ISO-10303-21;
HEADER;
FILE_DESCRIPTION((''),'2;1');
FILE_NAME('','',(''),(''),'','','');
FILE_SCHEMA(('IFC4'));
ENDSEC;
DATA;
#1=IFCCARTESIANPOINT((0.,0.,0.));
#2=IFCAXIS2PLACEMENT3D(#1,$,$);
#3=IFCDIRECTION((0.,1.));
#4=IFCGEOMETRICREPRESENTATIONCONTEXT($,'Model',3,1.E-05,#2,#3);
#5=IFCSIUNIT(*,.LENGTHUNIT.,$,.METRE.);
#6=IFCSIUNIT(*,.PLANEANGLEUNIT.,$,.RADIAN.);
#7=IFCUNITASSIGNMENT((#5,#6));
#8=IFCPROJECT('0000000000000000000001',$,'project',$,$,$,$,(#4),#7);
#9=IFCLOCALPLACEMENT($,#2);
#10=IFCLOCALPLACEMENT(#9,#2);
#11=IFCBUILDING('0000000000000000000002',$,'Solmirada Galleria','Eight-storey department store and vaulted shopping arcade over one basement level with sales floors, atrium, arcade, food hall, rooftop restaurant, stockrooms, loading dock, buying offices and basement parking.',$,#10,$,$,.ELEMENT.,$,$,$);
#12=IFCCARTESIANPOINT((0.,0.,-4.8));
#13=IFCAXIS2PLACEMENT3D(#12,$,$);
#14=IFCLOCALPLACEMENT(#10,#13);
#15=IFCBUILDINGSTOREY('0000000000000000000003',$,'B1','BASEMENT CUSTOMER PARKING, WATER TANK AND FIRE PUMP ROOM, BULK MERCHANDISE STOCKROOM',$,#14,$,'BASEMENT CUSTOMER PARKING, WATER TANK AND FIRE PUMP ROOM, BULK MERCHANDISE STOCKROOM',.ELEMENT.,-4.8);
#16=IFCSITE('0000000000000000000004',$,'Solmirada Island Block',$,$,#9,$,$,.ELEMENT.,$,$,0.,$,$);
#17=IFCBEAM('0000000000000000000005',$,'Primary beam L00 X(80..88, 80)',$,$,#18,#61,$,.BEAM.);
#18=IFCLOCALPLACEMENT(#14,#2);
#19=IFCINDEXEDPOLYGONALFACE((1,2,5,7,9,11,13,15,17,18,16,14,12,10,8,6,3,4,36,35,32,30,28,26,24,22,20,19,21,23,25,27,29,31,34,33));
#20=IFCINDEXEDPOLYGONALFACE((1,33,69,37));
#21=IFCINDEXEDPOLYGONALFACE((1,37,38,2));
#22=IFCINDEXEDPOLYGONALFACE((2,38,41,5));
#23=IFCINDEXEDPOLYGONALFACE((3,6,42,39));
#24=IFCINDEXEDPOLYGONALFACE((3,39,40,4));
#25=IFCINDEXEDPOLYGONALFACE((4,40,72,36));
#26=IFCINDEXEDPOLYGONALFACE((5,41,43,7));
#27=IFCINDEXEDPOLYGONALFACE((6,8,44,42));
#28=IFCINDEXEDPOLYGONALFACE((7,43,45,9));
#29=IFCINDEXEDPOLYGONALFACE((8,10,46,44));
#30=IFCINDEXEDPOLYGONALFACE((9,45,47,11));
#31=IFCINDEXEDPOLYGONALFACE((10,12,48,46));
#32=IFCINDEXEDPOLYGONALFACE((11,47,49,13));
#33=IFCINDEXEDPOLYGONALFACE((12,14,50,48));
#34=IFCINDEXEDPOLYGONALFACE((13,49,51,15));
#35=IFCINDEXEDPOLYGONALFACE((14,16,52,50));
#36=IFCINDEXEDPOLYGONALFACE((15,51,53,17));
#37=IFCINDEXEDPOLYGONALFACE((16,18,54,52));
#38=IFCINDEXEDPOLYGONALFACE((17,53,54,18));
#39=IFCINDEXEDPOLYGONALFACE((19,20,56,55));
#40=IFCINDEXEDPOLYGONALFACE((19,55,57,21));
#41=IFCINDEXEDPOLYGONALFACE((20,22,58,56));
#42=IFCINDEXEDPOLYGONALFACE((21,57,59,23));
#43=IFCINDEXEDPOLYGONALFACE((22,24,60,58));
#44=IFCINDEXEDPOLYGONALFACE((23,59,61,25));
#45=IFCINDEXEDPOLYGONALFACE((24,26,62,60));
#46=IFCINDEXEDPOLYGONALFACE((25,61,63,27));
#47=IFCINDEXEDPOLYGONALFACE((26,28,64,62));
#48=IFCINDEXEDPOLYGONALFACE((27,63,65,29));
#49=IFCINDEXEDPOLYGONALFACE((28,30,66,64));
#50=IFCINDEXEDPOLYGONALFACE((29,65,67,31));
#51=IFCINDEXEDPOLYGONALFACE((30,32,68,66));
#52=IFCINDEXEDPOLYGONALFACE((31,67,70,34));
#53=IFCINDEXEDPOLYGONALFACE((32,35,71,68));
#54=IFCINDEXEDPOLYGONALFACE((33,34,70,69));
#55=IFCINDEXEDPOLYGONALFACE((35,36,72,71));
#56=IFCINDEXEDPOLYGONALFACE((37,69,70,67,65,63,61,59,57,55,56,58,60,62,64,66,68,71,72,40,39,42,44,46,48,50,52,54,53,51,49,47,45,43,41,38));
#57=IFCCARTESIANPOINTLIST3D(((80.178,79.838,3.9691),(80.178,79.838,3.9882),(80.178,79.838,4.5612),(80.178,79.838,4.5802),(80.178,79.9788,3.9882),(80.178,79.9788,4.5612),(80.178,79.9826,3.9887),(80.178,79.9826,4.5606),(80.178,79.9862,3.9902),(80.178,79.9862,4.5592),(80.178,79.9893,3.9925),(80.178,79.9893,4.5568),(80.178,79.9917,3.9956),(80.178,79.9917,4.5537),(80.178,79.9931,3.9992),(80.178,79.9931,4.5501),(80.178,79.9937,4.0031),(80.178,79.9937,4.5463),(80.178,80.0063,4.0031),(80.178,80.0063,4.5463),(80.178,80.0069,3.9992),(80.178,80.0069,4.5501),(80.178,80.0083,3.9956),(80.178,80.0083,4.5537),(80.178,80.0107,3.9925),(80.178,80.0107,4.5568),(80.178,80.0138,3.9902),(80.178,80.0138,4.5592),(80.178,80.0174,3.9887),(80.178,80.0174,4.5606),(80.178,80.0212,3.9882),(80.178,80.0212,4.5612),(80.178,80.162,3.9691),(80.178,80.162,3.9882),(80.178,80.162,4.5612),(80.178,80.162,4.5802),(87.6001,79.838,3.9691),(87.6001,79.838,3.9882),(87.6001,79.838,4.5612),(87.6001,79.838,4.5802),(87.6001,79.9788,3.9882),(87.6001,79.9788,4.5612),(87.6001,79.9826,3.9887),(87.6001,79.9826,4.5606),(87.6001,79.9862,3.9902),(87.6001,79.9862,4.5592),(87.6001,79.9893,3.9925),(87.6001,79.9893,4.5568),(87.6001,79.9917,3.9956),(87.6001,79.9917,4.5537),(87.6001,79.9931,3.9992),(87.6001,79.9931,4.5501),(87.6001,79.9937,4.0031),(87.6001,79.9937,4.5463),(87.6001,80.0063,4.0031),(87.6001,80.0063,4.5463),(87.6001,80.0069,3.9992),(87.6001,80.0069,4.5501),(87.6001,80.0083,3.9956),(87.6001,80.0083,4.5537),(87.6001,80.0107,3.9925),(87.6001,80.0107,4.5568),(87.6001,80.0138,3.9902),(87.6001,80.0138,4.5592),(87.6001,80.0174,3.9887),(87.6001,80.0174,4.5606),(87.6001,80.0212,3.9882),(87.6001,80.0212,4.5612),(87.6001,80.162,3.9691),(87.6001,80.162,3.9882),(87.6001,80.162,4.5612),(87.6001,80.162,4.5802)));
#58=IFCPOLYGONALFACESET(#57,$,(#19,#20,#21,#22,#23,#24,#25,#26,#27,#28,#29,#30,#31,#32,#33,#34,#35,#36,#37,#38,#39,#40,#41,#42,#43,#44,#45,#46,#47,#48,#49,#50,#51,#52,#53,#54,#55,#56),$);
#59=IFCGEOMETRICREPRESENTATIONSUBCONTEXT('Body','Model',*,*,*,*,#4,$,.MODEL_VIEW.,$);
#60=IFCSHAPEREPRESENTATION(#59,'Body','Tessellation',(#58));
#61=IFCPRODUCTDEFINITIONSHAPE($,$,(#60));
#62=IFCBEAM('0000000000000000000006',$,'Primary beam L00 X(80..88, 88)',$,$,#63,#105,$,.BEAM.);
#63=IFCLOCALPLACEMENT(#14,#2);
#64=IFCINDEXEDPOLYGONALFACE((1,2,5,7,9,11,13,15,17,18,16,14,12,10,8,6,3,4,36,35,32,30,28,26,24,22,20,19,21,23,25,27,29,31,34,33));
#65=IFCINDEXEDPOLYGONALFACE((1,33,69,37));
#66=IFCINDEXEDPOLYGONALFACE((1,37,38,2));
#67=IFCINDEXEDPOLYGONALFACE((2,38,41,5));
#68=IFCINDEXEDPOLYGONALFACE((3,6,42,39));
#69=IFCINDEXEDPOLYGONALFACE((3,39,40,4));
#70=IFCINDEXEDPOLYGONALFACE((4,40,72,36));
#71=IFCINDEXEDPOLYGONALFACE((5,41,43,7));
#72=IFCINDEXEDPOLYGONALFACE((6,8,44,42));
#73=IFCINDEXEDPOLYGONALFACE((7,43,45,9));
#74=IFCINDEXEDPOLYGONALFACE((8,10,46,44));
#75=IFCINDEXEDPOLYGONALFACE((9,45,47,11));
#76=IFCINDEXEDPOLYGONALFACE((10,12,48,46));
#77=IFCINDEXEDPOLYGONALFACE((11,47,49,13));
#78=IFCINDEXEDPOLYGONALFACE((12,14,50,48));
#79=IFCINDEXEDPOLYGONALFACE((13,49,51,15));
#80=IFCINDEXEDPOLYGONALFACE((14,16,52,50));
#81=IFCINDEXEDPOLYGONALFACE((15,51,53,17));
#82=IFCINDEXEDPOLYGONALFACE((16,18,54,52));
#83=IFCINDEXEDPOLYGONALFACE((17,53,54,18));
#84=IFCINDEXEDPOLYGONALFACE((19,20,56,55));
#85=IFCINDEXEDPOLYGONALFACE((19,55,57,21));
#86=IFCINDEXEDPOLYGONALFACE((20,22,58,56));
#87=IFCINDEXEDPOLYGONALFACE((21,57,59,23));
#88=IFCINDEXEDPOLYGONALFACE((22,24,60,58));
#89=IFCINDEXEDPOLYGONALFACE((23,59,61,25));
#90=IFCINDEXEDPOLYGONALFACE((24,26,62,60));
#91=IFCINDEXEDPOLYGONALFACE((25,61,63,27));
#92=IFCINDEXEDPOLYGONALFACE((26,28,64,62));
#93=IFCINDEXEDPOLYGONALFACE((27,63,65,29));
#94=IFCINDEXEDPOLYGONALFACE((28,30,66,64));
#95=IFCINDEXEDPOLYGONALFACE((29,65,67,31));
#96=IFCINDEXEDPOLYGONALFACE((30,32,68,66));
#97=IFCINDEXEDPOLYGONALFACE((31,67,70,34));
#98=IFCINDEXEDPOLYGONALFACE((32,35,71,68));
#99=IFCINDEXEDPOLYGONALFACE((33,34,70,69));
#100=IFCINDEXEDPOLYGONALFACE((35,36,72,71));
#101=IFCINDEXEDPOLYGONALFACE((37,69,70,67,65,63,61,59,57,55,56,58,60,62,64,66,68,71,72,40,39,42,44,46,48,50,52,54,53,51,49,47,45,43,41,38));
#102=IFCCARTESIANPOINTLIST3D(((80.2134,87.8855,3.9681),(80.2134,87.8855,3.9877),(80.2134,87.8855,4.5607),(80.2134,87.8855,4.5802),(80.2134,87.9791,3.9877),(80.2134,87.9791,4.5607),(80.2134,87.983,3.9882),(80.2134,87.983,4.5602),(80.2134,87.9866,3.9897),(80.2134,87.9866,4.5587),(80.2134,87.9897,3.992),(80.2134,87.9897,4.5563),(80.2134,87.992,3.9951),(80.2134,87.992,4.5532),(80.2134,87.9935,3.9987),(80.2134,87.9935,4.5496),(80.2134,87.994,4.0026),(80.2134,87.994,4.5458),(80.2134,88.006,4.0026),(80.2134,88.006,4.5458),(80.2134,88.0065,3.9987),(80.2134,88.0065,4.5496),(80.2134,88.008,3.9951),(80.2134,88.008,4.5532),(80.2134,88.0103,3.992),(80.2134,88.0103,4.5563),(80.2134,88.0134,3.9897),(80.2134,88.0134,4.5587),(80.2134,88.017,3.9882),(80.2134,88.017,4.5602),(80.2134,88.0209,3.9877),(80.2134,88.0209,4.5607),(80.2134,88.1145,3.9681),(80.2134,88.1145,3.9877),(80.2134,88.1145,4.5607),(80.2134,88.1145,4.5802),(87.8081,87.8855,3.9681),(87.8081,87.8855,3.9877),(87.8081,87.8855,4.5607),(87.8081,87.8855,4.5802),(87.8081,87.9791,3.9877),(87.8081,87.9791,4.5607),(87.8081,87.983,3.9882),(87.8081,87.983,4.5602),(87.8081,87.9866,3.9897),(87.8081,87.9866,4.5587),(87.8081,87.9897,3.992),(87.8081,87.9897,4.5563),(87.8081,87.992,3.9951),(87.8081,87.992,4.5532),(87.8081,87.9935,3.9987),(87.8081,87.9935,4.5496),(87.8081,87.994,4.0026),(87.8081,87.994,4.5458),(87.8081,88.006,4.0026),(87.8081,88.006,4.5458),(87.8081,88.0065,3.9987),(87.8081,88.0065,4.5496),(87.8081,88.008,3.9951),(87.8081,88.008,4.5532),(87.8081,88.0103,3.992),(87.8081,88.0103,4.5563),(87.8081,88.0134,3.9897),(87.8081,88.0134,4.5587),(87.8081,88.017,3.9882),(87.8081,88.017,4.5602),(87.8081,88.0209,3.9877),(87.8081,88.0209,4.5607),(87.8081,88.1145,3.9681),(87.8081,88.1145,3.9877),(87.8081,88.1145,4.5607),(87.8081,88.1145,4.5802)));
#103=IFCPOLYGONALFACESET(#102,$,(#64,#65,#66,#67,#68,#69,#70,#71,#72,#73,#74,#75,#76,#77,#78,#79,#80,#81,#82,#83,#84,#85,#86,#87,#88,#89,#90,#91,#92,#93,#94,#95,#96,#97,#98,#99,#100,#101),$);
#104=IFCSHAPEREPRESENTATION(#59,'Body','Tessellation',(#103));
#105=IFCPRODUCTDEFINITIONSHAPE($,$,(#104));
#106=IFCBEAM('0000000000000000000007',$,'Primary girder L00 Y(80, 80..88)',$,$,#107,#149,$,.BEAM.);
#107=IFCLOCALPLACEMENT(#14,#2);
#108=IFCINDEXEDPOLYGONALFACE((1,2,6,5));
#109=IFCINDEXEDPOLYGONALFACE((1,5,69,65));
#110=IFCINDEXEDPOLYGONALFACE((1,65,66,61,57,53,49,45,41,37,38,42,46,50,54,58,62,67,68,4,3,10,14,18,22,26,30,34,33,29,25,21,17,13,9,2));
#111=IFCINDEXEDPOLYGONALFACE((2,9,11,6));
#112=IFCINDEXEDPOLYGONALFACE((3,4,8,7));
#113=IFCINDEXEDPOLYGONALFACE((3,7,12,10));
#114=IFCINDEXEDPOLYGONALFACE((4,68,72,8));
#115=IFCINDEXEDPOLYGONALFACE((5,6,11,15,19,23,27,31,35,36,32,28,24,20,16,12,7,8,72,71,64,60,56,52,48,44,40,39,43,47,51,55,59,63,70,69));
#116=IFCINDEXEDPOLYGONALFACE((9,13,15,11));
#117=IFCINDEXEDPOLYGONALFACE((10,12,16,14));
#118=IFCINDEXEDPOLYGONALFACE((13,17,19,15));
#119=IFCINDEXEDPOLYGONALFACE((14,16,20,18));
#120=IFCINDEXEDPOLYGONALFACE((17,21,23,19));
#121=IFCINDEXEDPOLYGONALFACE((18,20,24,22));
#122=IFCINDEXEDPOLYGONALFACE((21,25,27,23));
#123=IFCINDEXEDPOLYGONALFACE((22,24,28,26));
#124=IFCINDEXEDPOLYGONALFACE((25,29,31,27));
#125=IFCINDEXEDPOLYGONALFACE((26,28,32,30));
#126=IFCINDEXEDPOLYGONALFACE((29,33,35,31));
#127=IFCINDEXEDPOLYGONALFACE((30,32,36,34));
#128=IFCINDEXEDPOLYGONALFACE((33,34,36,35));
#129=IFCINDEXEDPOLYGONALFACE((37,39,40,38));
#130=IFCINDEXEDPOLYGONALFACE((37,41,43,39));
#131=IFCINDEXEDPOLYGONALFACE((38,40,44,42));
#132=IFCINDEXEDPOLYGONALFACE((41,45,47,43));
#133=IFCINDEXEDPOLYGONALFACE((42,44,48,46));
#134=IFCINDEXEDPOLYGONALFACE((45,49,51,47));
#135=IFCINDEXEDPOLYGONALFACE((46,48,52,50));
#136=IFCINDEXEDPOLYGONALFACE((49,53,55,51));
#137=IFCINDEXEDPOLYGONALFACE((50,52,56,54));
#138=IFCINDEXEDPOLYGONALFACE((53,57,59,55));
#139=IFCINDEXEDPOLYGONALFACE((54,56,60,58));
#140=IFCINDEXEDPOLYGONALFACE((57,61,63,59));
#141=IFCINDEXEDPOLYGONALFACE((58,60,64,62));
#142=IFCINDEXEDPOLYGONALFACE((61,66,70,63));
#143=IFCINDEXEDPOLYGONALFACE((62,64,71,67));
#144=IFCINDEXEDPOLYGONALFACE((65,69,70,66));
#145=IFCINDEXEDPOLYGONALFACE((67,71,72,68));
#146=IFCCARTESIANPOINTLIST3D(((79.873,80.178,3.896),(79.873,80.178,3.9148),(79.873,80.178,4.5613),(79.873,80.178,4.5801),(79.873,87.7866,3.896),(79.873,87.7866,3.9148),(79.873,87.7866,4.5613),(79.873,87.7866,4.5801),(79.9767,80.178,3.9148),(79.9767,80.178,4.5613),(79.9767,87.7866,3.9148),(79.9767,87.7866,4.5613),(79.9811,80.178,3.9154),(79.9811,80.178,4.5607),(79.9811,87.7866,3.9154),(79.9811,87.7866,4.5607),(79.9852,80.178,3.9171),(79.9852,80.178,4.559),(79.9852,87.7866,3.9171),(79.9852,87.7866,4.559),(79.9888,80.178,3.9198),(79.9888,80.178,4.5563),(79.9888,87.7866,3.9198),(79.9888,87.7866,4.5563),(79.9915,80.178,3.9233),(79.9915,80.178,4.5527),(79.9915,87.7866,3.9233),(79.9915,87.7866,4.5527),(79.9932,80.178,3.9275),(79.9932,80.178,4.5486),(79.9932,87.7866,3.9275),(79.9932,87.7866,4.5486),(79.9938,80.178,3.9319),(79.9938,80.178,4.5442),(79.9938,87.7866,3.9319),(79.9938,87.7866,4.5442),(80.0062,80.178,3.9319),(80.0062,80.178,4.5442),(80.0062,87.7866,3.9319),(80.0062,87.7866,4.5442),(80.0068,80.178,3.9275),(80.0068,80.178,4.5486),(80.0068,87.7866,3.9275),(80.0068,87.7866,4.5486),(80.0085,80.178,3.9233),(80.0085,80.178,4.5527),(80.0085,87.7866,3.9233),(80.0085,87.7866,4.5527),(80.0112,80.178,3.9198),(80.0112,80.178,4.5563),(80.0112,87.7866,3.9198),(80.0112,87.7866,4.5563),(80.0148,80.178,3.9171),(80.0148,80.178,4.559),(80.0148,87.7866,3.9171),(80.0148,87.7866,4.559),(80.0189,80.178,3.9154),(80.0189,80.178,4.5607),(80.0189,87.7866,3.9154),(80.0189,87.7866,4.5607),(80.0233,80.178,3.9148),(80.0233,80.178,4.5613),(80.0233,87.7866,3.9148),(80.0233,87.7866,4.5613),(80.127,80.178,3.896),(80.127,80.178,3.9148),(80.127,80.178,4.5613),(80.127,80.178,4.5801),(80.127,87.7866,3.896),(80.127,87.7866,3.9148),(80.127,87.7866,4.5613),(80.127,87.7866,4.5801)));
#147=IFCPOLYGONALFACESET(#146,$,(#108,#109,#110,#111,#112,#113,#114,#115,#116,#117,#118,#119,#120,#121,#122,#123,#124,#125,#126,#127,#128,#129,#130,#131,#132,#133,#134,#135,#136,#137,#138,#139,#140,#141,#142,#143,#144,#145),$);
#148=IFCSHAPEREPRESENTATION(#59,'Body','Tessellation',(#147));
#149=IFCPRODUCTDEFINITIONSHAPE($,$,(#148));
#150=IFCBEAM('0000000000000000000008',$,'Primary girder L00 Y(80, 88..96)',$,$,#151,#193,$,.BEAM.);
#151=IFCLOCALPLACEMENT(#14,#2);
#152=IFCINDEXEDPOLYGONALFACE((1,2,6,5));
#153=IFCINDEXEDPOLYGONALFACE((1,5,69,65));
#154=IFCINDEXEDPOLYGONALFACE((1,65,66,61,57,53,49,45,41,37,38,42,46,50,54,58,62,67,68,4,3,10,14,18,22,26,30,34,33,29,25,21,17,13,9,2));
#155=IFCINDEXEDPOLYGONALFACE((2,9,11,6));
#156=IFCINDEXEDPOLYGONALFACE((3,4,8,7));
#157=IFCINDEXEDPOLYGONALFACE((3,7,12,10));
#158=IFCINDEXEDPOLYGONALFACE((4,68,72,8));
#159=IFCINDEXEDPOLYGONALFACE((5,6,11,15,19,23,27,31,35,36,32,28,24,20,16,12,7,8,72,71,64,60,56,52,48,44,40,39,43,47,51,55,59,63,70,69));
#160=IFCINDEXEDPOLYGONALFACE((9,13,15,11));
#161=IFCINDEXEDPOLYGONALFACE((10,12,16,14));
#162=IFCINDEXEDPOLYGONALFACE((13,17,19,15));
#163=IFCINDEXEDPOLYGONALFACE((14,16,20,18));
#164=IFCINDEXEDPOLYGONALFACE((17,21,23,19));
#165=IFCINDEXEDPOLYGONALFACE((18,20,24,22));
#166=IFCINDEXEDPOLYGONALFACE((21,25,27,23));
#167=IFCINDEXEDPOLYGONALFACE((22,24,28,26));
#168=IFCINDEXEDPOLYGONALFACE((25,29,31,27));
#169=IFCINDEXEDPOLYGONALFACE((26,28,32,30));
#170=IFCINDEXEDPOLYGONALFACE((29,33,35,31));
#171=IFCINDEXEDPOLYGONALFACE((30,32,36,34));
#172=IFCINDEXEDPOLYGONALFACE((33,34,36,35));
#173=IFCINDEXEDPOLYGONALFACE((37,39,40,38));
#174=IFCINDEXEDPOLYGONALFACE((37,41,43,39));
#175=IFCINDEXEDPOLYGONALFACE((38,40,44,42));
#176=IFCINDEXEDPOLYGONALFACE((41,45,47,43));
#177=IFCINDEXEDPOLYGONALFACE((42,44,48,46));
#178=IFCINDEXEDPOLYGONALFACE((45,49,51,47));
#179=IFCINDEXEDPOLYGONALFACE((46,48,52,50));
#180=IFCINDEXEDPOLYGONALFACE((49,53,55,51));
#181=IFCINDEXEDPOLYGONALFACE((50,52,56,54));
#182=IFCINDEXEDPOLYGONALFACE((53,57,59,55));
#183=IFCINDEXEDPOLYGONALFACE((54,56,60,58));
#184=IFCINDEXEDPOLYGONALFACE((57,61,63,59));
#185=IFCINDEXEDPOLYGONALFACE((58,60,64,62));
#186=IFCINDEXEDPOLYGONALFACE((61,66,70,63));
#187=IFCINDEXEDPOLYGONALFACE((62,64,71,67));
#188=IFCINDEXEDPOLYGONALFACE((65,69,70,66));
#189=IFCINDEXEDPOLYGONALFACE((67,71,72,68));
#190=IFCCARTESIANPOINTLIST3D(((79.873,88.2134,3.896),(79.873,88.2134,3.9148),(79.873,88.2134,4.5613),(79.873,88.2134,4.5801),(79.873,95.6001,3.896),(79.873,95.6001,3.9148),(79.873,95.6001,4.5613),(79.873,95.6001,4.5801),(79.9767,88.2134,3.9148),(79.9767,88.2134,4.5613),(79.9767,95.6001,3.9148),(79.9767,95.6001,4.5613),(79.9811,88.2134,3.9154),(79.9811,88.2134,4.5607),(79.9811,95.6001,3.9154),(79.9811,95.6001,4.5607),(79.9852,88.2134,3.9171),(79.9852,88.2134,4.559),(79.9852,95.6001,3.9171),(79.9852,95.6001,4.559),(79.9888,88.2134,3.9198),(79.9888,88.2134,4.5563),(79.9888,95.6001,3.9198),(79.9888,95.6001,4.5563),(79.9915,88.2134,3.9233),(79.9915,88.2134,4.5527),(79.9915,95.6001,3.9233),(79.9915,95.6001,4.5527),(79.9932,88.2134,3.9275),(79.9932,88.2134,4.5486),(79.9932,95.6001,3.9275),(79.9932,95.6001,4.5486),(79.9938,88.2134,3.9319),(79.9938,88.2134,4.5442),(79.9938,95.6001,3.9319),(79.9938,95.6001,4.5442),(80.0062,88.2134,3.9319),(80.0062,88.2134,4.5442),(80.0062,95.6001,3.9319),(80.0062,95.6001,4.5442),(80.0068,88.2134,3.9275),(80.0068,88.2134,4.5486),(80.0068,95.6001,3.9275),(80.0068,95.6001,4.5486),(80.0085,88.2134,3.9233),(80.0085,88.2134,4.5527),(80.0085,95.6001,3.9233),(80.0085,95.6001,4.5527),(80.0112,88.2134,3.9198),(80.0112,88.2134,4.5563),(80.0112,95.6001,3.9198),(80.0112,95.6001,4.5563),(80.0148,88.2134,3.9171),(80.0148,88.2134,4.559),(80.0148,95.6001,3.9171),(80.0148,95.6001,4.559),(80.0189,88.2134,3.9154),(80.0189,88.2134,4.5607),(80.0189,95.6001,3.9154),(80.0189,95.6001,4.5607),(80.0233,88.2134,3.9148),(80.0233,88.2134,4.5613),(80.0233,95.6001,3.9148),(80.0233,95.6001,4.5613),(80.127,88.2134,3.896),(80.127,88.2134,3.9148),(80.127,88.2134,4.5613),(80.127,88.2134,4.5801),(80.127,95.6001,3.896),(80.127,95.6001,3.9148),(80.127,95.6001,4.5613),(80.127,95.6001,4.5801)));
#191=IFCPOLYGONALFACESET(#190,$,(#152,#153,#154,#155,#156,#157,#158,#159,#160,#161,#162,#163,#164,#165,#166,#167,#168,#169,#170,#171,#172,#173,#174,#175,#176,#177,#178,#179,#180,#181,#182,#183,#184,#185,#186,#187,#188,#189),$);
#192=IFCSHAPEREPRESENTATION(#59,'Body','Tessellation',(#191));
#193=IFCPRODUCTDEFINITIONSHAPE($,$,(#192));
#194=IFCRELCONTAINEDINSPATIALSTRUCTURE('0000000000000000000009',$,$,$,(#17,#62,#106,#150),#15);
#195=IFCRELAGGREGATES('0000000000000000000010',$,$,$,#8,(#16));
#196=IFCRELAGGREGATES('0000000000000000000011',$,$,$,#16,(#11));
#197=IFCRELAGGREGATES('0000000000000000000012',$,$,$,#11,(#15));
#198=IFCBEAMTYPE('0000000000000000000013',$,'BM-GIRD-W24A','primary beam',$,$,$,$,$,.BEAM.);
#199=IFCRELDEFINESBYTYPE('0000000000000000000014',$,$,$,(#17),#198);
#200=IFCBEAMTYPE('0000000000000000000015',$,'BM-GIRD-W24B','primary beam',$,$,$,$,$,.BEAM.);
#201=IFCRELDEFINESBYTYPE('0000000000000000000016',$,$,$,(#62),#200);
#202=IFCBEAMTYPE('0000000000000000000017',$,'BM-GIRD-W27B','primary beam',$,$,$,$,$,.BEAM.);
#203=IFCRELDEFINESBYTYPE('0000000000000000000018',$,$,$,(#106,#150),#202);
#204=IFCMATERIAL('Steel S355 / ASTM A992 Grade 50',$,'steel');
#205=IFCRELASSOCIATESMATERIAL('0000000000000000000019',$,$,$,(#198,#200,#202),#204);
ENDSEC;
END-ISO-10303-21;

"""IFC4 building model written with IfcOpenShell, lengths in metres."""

from ifc_helpers import new_model, si_unit, direction, frame, origin, origin_2d, place, context, subcontext, project, spatial, i_section, extrude, material, material_profile, profile_set, type_object, element, save


model = new_model("IFC4")

# Units and contexts
model_context = context("Model", 3, precision=1e-05, world=origin(), true_north=direction((0.0, 1.0)))
body_context = subcontext(model_context, "Body", "Model", "MODEL_VIEW")
ifc_project = project(units=[si_unit("LENGTHUNIT", "METRE"), si_unit("PLANEANGLEUNIT", "RADIAN")], contexts=[model_context])

# Site, building, storey
site_placement = place(None, origin())
site = spatial("IfcSite", under=ifc_project, at=site_placement, Name="Solmirada Island Block", CompositionType="ELEMENT", RefElevation=0.0)
building_placement = place(site_placement, origin())
building = spatial("IfcBuilding", under=site, at=building_placement, Name="Solmirada Galleria", Description="Eight-storey department store and vaulted shopping arcade over one basement level with sales floors, atrium, arcade, food hall, rooftop restaurant, stockrooms, loading dock, buying offices and basement parking.", CompositionType="ELEMENT")
storey_placement = place(building_placement, frame((0.0, 0.0, -4.8)))
storey = spatial("IfcBuildingStorey", under=building, at=storey_placement, Name="B1", Description="BASEMENT CUSTOMER PARKING, WATER TANK AND FIRE PUMP ROOM, BULK MERCHANDISE STOCKROOM", LongName="BASEMENT CUSTOMER PARKING, WATER TANK AND FIRE PUMP ROOM, BULK MERCHANDISE STOCKROOM", CompositionType="ELEMENT", Elevation=-4.8)

# Beams
ifc_material_1 = material(Name="Steel S355 / ASTM A992 Grade 50", Category="steel")
ifc_material_profile_1 = material_profile(ifc_material_1, i_section(OverallWidth=0.324, OverallDepth=0.6111, WebThickness=0.0127, FlangeThickness=0.019, FilletRadius=0.0149, at=origin_2d()), Name="W24X104")
ifc_profile_set_1 = profile_set([ifc_material_profile_1], Name="Steel S355 / ASTM A992 Grade 50")
beam_type_1 = type_object("IfcBeamType", Name="BM-GIRD-W24A", Description="primary beam", PredefinedType="BEAM", material=ifc_profile_set_1)
beam_1_placement = place(storey_placement, frame((80.178, 80.0, 4.2747), z_axis=(1.0, 0.0, 0.0), x_axis=(0.0, 1.0, 0.0)))
element("IfcBeam", 1, at=beam_1_placement, inside=storey, type_object=beam_type_1, Name="Primary beam L00 X(80..88, 80)", PredefinedType="BEAM", context=body_context, shape_type="SweptSolid", body=[
    extrude(i_section(OverallWidth=0.324, OverallDepth=0.6111, WebThickness=0.0127, FlangeThickness=0.019, FilletRadius=0.0149, at=origin_2d()), origin(), (0.0, 0.0, 1.0), 7.4221),
])
ifc_material_profile_2 = material_profile(ifc_material_1, i_section(OverallWidth=0.229, OverallDepth=0.6121, WebThickness=0.012, FlangeThickness=0.0195, FilletRadius=0.0149, at=origin_2d()), Name="W24X84")
ifc_profile_set_2 = profile_set([ifc_material_profile_2], Name="Steel S355 / ASTM A992 Grade 50")
beam_type_2 = type_object("IfcBeamType", Name="BM-GIRD-W24B", Description="primary beam", PredefinedType="BEAM", material=ifc_profile_set_2)
beam_2_placement = place(storey_placement, frame((80.2134, 88.0, 4.2742), z_axis=(1.0, 0.0, 0.0), x_axis=(0.0, 1.0, 0.0)))
element("IfcBeam", 2, at=beam_2_placement, inside=storey, type_object=beam_type_2, Name="Primary beam L00 X(80..88, 88)", PredefinedType="BEAM", context=body_context, shape_type="SweptSolid", body=[
    extrude(i_section(OverallWidth=0.229, OverallDepth=0.6121, WebThickness=0.012, FlangeThickness=0.0195, FilletRadius=0.0149, at=origin_2d()), origin(), (0.0, 0.0, 1.0), 7.5947),
])
ifc_material_profile_3 = material_profile(ifc_material_1, i_section(OverallWidth=0.2539, OverallDepth=0.6841, WebThickness=0.0125, FlangeThickness=0.0188, FilletRadius=0.0171, at=origin_2d()), Name="W27X94")
ifc_profile_set_3 = profile_set([ifc_material_profile_3], Name="Steel S355 / ASTM A992 Grade 50")
beam_type_3 = type_object("IfcBeamType", Name="BM-GIRD-W27B", Description="primary beam", PredefinedType="BEAM", material=ifc_profile_set_3)
beam_3_placement = place(storey_placement, frame((80.0, 80.178, 4.238), z_axis=(0.0, 1.0, 0.0), x_axis=(-1.0, 0.0, 0.0)))
element("IfcBeam", 3, at=beam_3_placement, inside=storey, type_object=beam_type_3, Name="Primary girder L00 Y(80, 80..88)", PredefinedType="BEAM", context=body_context, shape_type="SweptSolid", body=[
    extrude(i_section(OverallWidth=0.2539, OverallDepth=0.6841, WebThickness=0.0125, FlangeThickness=0.0188, FilletRadius=0.0171, at=origin_2d()), origin(), (0.0, 0.0, 1.0), 7.6086),
])
beam_4_placement = place(storey_placement, frame((80.0, 88.2134, 4.238), z_axis=(0.0, 1.0, 0.0), x_axis=(-1.0, 0.0, 0.0)))
element("IfcBeam", 4, at=beam_4_placement, inside=storey, type_object=beam_type_3, Name="Primary girder L00 Y(80, 88..96)", PredefinedType="BEAM", context=body_context, shape_type="SweptSolid", body=[
    extrude(i_section(OverallWidth=0.2539, OverallDepth=0.6841, WebThickness=0.0125, FlangeThickness=0.0188, FilletRadius=0.0171, at=origin_2d()), origin(), (0.0, 0.0, 1.0), 7.3867),
])

save(model, "model.ifc")
